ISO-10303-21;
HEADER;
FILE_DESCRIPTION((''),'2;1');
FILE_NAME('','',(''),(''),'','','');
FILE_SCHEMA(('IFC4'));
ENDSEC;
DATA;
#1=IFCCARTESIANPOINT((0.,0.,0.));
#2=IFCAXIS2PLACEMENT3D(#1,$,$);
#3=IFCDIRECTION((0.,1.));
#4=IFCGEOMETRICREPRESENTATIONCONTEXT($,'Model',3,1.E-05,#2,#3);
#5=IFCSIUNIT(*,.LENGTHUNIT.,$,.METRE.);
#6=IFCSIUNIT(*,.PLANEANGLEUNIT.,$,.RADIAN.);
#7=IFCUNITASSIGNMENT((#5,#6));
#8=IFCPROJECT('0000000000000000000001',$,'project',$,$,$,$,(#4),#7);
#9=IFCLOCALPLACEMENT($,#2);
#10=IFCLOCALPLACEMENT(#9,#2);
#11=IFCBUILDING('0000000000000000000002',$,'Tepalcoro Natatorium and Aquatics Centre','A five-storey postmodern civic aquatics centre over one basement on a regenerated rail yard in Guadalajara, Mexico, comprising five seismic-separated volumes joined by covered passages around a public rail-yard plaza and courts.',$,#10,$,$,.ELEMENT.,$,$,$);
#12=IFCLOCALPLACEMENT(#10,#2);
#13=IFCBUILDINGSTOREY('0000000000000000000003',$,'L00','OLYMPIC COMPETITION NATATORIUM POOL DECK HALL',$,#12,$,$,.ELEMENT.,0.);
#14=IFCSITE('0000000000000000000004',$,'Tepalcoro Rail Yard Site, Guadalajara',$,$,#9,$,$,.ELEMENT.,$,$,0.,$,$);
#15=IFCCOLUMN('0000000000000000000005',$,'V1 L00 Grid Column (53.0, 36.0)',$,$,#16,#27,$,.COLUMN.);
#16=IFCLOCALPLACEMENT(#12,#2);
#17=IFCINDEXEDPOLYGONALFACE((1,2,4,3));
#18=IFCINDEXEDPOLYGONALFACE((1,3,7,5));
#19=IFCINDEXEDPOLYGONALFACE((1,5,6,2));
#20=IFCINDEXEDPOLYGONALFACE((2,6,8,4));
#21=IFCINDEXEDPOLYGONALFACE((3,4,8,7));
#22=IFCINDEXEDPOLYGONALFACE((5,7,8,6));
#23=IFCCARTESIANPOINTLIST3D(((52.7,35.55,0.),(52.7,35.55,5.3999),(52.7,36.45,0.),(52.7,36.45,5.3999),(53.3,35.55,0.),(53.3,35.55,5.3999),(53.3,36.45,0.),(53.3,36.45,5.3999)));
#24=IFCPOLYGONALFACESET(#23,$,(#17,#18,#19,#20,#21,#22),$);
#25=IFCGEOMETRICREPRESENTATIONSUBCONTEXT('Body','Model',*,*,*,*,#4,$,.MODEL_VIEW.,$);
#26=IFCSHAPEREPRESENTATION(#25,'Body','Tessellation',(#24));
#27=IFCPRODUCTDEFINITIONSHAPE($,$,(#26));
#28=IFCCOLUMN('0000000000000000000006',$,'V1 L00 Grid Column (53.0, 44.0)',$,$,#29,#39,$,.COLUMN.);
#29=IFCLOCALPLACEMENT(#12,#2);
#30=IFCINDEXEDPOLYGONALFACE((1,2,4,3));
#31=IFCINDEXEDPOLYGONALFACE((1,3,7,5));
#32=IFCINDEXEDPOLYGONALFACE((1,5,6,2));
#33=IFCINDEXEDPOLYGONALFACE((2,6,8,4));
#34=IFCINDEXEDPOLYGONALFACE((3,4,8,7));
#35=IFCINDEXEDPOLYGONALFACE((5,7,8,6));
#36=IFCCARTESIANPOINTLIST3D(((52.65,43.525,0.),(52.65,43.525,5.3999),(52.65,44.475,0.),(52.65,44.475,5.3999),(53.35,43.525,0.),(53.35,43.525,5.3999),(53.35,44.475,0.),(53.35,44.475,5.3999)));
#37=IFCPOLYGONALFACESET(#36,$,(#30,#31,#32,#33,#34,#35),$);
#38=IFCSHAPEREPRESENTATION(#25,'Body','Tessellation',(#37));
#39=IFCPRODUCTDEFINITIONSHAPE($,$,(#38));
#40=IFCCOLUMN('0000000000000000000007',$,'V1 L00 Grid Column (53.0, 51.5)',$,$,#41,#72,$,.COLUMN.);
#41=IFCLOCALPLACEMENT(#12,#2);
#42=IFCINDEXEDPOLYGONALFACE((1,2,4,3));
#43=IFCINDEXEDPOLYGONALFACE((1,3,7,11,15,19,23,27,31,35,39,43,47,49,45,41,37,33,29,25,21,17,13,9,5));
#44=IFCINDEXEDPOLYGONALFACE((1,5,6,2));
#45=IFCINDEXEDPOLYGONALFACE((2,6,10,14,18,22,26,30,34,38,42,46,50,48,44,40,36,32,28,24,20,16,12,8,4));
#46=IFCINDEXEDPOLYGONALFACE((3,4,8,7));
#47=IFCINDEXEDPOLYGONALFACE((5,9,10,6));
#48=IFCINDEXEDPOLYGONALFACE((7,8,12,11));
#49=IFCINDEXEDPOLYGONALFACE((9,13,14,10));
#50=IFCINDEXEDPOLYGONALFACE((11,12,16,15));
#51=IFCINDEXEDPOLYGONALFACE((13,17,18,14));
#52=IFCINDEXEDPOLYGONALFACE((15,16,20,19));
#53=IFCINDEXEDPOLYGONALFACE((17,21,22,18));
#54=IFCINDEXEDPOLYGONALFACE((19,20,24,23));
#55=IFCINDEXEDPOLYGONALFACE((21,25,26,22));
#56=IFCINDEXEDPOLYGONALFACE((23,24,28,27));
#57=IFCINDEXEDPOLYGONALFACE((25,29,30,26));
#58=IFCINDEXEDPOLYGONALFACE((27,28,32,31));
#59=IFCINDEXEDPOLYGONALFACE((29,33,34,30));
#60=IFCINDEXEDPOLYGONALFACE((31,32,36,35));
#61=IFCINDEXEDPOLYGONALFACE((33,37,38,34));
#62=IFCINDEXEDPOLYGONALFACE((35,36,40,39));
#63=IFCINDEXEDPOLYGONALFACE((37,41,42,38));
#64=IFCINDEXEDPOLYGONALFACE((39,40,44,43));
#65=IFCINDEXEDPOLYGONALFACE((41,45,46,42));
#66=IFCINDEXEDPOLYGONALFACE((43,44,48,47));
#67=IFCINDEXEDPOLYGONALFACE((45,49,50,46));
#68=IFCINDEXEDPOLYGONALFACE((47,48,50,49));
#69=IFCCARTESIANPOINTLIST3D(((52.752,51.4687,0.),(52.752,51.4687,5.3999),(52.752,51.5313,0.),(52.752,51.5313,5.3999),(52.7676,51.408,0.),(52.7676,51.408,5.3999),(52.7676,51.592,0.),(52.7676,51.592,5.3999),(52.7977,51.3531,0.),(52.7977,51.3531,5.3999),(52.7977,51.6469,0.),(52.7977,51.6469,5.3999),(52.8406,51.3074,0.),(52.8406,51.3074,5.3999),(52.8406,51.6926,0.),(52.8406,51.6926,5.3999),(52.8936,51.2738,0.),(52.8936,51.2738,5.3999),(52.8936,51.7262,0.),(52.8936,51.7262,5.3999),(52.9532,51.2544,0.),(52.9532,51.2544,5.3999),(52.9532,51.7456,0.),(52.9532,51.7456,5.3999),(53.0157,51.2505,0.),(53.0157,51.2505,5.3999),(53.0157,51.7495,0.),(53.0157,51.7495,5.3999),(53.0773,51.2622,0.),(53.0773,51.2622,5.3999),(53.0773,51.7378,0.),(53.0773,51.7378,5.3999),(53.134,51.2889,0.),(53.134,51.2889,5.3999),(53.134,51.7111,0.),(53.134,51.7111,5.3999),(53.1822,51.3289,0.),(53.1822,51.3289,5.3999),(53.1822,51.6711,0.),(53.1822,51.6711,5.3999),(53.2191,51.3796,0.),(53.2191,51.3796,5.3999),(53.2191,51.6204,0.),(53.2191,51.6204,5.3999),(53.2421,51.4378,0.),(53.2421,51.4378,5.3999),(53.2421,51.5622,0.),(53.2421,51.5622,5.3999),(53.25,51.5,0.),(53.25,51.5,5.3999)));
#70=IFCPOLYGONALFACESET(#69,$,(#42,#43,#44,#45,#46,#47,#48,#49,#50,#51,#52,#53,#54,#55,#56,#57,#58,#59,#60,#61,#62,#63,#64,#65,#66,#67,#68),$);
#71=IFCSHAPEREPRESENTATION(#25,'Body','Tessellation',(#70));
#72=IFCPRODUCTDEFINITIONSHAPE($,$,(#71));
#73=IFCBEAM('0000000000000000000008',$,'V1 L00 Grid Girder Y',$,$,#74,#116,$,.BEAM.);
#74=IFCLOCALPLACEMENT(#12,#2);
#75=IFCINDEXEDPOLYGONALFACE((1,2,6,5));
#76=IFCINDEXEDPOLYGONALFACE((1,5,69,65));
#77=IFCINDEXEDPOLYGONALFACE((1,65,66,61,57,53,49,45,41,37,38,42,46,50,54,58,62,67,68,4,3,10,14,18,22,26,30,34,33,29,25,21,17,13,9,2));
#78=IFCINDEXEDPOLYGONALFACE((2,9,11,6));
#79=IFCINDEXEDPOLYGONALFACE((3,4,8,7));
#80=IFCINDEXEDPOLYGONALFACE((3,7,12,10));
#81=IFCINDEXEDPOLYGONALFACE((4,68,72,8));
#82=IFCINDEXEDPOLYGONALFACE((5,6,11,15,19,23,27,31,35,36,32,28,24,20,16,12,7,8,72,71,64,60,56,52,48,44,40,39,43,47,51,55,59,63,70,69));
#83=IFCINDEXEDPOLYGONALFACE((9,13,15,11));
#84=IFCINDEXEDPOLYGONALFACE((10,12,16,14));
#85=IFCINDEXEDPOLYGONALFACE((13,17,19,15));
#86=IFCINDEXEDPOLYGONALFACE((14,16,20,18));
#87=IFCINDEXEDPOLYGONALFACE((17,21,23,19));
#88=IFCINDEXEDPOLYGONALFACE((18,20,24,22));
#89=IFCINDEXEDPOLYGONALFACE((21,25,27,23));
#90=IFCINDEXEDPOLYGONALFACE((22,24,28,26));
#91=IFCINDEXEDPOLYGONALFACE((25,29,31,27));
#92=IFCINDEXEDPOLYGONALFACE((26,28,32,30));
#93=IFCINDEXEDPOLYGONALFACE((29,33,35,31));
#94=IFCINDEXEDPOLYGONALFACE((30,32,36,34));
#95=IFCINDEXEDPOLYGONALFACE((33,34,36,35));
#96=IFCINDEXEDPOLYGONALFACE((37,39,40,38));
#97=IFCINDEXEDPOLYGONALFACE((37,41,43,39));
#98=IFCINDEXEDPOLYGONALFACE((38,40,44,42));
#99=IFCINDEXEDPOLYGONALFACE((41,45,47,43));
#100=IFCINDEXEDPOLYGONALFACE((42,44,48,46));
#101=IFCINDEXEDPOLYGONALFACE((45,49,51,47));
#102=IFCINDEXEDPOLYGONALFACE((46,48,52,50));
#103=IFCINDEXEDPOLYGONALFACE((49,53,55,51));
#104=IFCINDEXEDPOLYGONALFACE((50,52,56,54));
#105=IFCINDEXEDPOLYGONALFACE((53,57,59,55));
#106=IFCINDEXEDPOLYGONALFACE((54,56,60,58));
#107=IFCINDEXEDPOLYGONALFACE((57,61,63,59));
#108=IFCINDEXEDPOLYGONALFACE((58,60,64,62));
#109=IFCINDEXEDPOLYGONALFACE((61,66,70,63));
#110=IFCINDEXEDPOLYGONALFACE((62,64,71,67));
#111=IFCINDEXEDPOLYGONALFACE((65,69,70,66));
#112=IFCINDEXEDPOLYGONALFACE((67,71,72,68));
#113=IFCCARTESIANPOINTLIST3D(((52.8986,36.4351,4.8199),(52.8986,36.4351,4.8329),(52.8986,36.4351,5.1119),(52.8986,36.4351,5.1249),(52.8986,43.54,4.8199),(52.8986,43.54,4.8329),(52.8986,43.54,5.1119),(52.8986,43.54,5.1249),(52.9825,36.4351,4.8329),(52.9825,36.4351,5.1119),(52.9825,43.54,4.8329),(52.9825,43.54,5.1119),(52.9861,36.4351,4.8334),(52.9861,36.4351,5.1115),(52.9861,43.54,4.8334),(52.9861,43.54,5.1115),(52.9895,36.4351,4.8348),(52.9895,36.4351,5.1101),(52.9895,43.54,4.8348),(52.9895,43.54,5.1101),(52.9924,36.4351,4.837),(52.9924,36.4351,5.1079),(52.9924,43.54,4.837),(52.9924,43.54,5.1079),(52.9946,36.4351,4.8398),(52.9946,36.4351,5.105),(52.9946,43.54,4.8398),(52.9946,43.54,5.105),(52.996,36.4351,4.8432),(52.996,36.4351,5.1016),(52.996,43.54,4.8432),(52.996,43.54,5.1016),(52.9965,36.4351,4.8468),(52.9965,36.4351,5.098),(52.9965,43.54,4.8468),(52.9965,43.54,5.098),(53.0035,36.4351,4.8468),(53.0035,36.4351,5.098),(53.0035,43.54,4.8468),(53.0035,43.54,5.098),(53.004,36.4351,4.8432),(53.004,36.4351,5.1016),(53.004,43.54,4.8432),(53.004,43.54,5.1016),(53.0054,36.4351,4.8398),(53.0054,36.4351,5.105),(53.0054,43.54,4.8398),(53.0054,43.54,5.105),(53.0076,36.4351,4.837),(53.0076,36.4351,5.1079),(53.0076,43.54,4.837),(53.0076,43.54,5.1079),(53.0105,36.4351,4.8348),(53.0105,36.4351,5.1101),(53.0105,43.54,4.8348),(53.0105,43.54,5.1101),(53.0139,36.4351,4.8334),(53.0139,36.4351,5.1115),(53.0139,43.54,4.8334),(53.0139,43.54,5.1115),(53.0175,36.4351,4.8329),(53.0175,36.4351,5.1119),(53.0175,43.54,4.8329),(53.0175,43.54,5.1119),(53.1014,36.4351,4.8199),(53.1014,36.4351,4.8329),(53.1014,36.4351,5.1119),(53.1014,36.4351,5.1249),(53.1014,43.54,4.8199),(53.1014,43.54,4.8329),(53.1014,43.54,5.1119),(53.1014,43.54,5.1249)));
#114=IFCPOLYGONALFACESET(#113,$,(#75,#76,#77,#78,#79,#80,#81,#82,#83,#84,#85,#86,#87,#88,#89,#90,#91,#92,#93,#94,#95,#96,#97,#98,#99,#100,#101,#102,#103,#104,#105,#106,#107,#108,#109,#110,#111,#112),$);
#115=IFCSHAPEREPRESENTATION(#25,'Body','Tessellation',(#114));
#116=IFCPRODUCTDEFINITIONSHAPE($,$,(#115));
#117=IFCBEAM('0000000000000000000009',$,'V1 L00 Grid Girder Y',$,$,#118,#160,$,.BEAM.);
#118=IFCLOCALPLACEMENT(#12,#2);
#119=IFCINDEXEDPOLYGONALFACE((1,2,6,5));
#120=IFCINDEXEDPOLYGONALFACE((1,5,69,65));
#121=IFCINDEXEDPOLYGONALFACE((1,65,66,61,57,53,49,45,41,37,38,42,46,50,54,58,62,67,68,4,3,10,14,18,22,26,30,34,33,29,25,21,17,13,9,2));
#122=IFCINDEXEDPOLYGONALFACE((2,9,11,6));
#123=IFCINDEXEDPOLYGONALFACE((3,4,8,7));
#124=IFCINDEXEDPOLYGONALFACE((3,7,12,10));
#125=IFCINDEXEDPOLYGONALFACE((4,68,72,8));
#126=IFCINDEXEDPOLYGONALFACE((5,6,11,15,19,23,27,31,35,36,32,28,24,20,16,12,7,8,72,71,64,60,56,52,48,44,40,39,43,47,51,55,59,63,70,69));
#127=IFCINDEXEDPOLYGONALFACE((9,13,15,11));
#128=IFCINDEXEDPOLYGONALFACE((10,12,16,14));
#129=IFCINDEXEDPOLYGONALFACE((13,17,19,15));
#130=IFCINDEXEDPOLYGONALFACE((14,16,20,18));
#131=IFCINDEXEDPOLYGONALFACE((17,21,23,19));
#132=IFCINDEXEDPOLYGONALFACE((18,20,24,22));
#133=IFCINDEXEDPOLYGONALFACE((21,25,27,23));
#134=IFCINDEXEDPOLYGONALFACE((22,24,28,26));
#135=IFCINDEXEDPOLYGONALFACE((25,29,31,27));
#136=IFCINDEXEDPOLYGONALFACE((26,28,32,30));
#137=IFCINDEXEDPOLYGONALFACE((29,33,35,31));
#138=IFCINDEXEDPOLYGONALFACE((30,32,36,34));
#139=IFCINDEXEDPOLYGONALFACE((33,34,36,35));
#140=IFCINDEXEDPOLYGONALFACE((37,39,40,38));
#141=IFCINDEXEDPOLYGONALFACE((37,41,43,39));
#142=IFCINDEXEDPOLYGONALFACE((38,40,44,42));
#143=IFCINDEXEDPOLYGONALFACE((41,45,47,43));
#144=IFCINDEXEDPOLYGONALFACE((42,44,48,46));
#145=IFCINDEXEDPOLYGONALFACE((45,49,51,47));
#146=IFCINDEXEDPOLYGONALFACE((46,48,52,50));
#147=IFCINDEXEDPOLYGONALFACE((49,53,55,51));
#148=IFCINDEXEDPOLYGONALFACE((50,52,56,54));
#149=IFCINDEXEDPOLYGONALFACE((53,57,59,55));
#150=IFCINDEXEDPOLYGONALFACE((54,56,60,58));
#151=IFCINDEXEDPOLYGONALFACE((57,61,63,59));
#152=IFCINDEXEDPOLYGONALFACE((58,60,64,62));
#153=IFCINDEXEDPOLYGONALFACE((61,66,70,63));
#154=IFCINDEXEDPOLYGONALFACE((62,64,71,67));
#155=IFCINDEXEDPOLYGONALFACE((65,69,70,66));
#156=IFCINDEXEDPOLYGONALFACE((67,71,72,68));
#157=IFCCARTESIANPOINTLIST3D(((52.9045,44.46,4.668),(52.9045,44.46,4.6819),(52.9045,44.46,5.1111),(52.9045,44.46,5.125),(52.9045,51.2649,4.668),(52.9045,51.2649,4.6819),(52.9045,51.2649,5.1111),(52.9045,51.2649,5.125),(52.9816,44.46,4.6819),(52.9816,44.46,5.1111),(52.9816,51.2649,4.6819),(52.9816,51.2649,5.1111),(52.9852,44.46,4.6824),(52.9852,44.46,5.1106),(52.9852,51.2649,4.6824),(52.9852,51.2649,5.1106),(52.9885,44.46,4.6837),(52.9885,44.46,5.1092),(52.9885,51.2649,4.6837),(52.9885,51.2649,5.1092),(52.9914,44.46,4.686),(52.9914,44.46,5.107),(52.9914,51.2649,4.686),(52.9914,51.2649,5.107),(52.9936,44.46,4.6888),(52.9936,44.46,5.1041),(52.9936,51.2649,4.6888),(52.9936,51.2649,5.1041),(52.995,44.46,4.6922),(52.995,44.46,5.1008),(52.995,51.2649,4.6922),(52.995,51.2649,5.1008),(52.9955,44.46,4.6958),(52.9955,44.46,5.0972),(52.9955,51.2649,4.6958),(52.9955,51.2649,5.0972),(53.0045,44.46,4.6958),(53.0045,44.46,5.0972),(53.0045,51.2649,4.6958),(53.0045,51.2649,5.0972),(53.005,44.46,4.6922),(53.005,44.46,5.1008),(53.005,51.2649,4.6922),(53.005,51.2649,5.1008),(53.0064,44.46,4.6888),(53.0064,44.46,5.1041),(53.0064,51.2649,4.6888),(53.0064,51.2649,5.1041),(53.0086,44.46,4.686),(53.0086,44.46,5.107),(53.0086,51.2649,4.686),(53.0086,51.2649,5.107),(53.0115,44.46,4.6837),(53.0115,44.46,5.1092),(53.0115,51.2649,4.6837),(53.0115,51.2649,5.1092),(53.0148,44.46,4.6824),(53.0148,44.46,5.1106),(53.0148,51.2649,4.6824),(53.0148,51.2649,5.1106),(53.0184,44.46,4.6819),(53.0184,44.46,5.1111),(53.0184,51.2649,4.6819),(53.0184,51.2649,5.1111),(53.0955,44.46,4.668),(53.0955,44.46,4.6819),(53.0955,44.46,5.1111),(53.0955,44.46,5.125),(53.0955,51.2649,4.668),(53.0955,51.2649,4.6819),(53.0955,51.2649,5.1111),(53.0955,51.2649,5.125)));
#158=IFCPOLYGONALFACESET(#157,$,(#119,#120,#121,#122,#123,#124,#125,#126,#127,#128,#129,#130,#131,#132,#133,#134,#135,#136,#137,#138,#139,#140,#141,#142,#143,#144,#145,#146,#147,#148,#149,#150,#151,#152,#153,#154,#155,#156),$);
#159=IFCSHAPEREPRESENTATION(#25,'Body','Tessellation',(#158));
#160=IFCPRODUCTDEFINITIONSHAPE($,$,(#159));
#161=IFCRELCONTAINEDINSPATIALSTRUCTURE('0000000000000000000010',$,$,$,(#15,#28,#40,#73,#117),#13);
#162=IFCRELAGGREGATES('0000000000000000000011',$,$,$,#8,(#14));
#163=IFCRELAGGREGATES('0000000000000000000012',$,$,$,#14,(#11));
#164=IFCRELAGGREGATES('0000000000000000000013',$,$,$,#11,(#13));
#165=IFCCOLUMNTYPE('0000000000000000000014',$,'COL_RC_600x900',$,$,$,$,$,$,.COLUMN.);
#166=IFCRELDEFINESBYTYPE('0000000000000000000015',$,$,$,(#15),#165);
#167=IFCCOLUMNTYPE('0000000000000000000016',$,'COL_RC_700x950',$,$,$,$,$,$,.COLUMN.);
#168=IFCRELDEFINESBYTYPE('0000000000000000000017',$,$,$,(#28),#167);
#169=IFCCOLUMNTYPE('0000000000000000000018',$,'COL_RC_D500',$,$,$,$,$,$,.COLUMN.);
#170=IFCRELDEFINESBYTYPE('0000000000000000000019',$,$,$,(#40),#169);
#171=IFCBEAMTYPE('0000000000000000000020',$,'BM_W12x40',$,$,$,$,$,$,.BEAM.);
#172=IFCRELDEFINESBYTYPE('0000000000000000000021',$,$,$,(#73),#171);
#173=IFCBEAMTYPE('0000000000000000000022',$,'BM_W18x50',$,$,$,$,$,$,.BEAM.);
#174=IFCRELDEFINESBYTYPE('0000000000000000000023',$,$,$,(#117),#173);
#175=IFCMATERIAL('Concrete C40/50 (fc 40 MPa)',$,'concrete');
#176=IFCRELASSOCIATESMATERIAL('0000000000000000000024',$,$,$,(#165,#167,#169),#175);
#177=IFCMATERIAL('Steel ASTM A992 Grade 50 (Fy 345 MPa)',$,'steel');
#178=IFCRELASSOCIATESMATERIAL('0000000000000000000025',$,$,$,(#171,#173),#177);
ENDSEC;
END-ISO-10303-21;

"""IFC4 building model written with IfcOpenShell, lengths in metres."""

from ifc_helpers import new_model, si_unit, direction, frame, origin, origin_2d, place, context, subcontext, project, spatial, rectangle, circle, i_section, extrude, material, material_profile, profile_set, type_object, element, save


model = new_model("IFC4")

# Units and contexts
model_context = context("Model", 3, precision=1e-05, world=origin(), true_north=direction((0.0, 1.0)))
body_context = subcontext(model_context, "Body", "Model", "MODEL_VIEW")
ifc_project = project(units=[si_unit("LENGTHUNIT", "METRE"), si_unit("PLANEANGLEUNIT", "RADIAN")], contexts=[model_context])

# Site, building, storey
site_placement = place(None, origin())
site = spatial("IfcSite", under=ifc_project, at=site_placement, Name="Tepalcoro Rail Yard Site, Guadalajara", CompositionType="ELEMENT", RefElevation=0.0)
building_placement = place(site_placement, origin())
building = spatial("IfcBuilding", under=site, at=building_placement, Name="Tepalcoro Natatorium and Aquatics Centre", Description="A five-storey postmodern civic aquatics centre over one basement on a regenerated rail yard in Guadalajara, Mexico, comprising five seismic-separated volumes joined by covered passages around a public rail-yard plaza and courts.", CompositionType="ELEMENT")
storey_placement = place(building_placement, origin())
storey = spatial("IfcBuildingStorey", under=building, at=storey_placement, Name="L00", Description="OLYMPIC COMPETITION NATATORIUM POOL DECK HALL", CompositionType="ELEMENT", Elevation=0.0)

# Columns
ifc_material_1 = material(Name="Concrete C40/50 (fc 40 MPa)", Category="concrete")
ifc_material_profile_1 = material_profile(ifc_material_1, rectangle(XDim=0.6001, YDim=0.8999, at=origin_2d()), Name="RC600x900")
ifc_profile_set_1 = profile_set([ifc_material_profile_1], Name="Concrete C40/50 (fc 40 MPa)")
column_type_1 = type_object("IfcColumnType", Name="COL_RC_600x900", PredefinedType="COLUMN", material=ifc_profile_set_1)
column_1_placement = place(storey_placement, frame((53.0, 36.0, 0.0), z_axis=(0.0, 0.0, 1.0), x_axis=(1.0, 0.0, 0.0)))
element("IfcColumn", 1, at=column_1_placement, inside=storey, type_object=column_type_1, Name="V1 L00 Grid Column (53.0, 36.0)", PredefinedType="COLUMN", context=body_context, shape_type="SweptSolid", body=[
    extrude(rectangle(XDim=0.6001, YDim=0.8999, at=origin_2d()), origin(), (0.0, 0.0, 1.0), 5.3999),
])
ifc_material_profile_2 = material_profile(ifc_material_1, rectangle(XDim=0.7, YDim=0.95, at=origin_2d()), Name="RC700x950")
ifc_profile_set_2 = profile_set([ifc_material_profile_2], Name="Concrete C40/50 (fc 40 MPa)")
column_type_2 = type_object("IfcColumnType", Name="COL_RC_700x950", PredefinedType="COLUMN", material=ifc_profile_set_2)
column_2_placement = place(storey_placement, frame((53.0, 44.0, 0.0), z_axis=(0.0, 0.0, 1.0), x_axis=(1.0, 0.0, 0.0)))
element("IfcColumn", 2, at=column_2_placement, inside=storey, type_object=column_type_2, Name="V1 L00 Grid Column (53.0, 44.0)", PredefinedType="COLUMN", context=body_context, shape_type="SweptSolid", body=[
    extrude(rectangle(XDim=0.7, YDim=0.95, at=origin_2d()), origin(), (0.0, 0.0, 1.0), 5.3999),
])
ifc_material_profile_3 = material_profile(ifc_material_1, circle(Radius=0.25, at=origin_2d()), Name="RCD500")
ifc_profile_set_3 = profile_set([ifc_material_profile_3], Name="Concrete C40/50 (fc 40 MPa)")
column_type_3 = type_object("IfcColumnType", Name="COL_RC_D500", PredefinedType="COLUMN", material=ifc_profile_set_3)
column_3_placement = place(storey_placement, frame((53.0, 51.5, 0.0), z_axis=(0.0, 0.0, 1.0), x_axis=(1.0, 0.0, 0.0)))
element("IfcColumn", 3, at=column_3_placement, inside=storey, type_object=column_type_3, Name="V1 L00 Grid Column (53.0, 51.5)", PredefinedType="COLUMN", context=body_context, shape_type="SweptSolid", body=[
    extrude(circle(Radius=0.25, at=origin_2d()), origin(), (0.0, 0.0, 1.0), 5.3999),
])

# Beams
ifc_material_2 = material(Name="Steel ASTM A992 Grade 50 (Fy 345 MPa)", Category="steel")
ifc_material_profile_4 = material_profile(ifc_material_2, i_section(OverallWidth=0.2029, OverallDepth=0.3049, WebThickness=0.0071, FlangeThickness=0.0129, FilletRadius=0.0139, at=origin_2d()), Name="W12X40")
ifc_profile_set_4 = profile_set([ifc_material_profile_4], Name="Steel ASTM A992 Grade 50 (Fy 345 MPa)")
beam_type_1 = type_object("IfcBeamType", Name="BM_W12x40", PredefinedType="BEAM", material=ifc_profile_set_4)
beam_1_placement = place(storey_placement, frame((53.0, 36.4351, 4.9724), z_axis=(0.0, 1.0, 0.0), x_axis=(-1.0, 0.0, 0.0)))
element("IfcBeam", 4, at=beam_1_placement, inside=storey, type_object=beam_type_1, Name="V1 L00 Grid Girder Y", PredefinedType="BEAM", context=body_context, shape_type="SweptSolid", body=[
    extrude(i_section(OverallWidth=0.2029, OverallDepth=0.3049, WebThickness=0.0071, FlangeThickness=0.0129, FilletRadius=0.0139, at=origin_2d()), origin(), (0.0, 0.0, 1.0), 7.105),
])
ifc_material_profile_5 = material_profile(ifc_material_2, i_section(OverallWidth=0.1909, OverallDepth=0.457, WebThickness=0.009, FlangeThickness=0.0139, FilletRadius=0.0139, at=origin_2d()), Name="W18X50")
ifc_profile_set_5 = profile_set([ifc_material_profile_5], Name="Steel ASTM A992 Grade 50 (Fy 345 MPa)")
beam_type_2 = type_object("IfcBeamType", Name="BM_W18x50", PredefinedType="BEAM", material=ifc_profile_set_5)
beam_2_placement = place(storey_placement, frame((53.0, 44.46, 4.8965), z_axis=(0.0, 1.0, 0.0), x_axis=(-1.0, 0.0, 0.0)))
element("IfcBeam", 5, at=beam_2_placement, inside=storey, type_object=beam_type_2, Name="V1 L00 Grid Girder Y", PredefinedType="BEAM", context=body_context, shape_type="SweptSolid", body=[
    extrude(i_section(OverallWidth=0.1909, OverallDepth=0.457, WebThickness=0.009, FlangeThickness=0.0139, FilletRadius=0.0139, at=origin_2d()), origin(), (0.0, 0.0, 1.0), 6.8049),
])

save(model, "model.ifc")
